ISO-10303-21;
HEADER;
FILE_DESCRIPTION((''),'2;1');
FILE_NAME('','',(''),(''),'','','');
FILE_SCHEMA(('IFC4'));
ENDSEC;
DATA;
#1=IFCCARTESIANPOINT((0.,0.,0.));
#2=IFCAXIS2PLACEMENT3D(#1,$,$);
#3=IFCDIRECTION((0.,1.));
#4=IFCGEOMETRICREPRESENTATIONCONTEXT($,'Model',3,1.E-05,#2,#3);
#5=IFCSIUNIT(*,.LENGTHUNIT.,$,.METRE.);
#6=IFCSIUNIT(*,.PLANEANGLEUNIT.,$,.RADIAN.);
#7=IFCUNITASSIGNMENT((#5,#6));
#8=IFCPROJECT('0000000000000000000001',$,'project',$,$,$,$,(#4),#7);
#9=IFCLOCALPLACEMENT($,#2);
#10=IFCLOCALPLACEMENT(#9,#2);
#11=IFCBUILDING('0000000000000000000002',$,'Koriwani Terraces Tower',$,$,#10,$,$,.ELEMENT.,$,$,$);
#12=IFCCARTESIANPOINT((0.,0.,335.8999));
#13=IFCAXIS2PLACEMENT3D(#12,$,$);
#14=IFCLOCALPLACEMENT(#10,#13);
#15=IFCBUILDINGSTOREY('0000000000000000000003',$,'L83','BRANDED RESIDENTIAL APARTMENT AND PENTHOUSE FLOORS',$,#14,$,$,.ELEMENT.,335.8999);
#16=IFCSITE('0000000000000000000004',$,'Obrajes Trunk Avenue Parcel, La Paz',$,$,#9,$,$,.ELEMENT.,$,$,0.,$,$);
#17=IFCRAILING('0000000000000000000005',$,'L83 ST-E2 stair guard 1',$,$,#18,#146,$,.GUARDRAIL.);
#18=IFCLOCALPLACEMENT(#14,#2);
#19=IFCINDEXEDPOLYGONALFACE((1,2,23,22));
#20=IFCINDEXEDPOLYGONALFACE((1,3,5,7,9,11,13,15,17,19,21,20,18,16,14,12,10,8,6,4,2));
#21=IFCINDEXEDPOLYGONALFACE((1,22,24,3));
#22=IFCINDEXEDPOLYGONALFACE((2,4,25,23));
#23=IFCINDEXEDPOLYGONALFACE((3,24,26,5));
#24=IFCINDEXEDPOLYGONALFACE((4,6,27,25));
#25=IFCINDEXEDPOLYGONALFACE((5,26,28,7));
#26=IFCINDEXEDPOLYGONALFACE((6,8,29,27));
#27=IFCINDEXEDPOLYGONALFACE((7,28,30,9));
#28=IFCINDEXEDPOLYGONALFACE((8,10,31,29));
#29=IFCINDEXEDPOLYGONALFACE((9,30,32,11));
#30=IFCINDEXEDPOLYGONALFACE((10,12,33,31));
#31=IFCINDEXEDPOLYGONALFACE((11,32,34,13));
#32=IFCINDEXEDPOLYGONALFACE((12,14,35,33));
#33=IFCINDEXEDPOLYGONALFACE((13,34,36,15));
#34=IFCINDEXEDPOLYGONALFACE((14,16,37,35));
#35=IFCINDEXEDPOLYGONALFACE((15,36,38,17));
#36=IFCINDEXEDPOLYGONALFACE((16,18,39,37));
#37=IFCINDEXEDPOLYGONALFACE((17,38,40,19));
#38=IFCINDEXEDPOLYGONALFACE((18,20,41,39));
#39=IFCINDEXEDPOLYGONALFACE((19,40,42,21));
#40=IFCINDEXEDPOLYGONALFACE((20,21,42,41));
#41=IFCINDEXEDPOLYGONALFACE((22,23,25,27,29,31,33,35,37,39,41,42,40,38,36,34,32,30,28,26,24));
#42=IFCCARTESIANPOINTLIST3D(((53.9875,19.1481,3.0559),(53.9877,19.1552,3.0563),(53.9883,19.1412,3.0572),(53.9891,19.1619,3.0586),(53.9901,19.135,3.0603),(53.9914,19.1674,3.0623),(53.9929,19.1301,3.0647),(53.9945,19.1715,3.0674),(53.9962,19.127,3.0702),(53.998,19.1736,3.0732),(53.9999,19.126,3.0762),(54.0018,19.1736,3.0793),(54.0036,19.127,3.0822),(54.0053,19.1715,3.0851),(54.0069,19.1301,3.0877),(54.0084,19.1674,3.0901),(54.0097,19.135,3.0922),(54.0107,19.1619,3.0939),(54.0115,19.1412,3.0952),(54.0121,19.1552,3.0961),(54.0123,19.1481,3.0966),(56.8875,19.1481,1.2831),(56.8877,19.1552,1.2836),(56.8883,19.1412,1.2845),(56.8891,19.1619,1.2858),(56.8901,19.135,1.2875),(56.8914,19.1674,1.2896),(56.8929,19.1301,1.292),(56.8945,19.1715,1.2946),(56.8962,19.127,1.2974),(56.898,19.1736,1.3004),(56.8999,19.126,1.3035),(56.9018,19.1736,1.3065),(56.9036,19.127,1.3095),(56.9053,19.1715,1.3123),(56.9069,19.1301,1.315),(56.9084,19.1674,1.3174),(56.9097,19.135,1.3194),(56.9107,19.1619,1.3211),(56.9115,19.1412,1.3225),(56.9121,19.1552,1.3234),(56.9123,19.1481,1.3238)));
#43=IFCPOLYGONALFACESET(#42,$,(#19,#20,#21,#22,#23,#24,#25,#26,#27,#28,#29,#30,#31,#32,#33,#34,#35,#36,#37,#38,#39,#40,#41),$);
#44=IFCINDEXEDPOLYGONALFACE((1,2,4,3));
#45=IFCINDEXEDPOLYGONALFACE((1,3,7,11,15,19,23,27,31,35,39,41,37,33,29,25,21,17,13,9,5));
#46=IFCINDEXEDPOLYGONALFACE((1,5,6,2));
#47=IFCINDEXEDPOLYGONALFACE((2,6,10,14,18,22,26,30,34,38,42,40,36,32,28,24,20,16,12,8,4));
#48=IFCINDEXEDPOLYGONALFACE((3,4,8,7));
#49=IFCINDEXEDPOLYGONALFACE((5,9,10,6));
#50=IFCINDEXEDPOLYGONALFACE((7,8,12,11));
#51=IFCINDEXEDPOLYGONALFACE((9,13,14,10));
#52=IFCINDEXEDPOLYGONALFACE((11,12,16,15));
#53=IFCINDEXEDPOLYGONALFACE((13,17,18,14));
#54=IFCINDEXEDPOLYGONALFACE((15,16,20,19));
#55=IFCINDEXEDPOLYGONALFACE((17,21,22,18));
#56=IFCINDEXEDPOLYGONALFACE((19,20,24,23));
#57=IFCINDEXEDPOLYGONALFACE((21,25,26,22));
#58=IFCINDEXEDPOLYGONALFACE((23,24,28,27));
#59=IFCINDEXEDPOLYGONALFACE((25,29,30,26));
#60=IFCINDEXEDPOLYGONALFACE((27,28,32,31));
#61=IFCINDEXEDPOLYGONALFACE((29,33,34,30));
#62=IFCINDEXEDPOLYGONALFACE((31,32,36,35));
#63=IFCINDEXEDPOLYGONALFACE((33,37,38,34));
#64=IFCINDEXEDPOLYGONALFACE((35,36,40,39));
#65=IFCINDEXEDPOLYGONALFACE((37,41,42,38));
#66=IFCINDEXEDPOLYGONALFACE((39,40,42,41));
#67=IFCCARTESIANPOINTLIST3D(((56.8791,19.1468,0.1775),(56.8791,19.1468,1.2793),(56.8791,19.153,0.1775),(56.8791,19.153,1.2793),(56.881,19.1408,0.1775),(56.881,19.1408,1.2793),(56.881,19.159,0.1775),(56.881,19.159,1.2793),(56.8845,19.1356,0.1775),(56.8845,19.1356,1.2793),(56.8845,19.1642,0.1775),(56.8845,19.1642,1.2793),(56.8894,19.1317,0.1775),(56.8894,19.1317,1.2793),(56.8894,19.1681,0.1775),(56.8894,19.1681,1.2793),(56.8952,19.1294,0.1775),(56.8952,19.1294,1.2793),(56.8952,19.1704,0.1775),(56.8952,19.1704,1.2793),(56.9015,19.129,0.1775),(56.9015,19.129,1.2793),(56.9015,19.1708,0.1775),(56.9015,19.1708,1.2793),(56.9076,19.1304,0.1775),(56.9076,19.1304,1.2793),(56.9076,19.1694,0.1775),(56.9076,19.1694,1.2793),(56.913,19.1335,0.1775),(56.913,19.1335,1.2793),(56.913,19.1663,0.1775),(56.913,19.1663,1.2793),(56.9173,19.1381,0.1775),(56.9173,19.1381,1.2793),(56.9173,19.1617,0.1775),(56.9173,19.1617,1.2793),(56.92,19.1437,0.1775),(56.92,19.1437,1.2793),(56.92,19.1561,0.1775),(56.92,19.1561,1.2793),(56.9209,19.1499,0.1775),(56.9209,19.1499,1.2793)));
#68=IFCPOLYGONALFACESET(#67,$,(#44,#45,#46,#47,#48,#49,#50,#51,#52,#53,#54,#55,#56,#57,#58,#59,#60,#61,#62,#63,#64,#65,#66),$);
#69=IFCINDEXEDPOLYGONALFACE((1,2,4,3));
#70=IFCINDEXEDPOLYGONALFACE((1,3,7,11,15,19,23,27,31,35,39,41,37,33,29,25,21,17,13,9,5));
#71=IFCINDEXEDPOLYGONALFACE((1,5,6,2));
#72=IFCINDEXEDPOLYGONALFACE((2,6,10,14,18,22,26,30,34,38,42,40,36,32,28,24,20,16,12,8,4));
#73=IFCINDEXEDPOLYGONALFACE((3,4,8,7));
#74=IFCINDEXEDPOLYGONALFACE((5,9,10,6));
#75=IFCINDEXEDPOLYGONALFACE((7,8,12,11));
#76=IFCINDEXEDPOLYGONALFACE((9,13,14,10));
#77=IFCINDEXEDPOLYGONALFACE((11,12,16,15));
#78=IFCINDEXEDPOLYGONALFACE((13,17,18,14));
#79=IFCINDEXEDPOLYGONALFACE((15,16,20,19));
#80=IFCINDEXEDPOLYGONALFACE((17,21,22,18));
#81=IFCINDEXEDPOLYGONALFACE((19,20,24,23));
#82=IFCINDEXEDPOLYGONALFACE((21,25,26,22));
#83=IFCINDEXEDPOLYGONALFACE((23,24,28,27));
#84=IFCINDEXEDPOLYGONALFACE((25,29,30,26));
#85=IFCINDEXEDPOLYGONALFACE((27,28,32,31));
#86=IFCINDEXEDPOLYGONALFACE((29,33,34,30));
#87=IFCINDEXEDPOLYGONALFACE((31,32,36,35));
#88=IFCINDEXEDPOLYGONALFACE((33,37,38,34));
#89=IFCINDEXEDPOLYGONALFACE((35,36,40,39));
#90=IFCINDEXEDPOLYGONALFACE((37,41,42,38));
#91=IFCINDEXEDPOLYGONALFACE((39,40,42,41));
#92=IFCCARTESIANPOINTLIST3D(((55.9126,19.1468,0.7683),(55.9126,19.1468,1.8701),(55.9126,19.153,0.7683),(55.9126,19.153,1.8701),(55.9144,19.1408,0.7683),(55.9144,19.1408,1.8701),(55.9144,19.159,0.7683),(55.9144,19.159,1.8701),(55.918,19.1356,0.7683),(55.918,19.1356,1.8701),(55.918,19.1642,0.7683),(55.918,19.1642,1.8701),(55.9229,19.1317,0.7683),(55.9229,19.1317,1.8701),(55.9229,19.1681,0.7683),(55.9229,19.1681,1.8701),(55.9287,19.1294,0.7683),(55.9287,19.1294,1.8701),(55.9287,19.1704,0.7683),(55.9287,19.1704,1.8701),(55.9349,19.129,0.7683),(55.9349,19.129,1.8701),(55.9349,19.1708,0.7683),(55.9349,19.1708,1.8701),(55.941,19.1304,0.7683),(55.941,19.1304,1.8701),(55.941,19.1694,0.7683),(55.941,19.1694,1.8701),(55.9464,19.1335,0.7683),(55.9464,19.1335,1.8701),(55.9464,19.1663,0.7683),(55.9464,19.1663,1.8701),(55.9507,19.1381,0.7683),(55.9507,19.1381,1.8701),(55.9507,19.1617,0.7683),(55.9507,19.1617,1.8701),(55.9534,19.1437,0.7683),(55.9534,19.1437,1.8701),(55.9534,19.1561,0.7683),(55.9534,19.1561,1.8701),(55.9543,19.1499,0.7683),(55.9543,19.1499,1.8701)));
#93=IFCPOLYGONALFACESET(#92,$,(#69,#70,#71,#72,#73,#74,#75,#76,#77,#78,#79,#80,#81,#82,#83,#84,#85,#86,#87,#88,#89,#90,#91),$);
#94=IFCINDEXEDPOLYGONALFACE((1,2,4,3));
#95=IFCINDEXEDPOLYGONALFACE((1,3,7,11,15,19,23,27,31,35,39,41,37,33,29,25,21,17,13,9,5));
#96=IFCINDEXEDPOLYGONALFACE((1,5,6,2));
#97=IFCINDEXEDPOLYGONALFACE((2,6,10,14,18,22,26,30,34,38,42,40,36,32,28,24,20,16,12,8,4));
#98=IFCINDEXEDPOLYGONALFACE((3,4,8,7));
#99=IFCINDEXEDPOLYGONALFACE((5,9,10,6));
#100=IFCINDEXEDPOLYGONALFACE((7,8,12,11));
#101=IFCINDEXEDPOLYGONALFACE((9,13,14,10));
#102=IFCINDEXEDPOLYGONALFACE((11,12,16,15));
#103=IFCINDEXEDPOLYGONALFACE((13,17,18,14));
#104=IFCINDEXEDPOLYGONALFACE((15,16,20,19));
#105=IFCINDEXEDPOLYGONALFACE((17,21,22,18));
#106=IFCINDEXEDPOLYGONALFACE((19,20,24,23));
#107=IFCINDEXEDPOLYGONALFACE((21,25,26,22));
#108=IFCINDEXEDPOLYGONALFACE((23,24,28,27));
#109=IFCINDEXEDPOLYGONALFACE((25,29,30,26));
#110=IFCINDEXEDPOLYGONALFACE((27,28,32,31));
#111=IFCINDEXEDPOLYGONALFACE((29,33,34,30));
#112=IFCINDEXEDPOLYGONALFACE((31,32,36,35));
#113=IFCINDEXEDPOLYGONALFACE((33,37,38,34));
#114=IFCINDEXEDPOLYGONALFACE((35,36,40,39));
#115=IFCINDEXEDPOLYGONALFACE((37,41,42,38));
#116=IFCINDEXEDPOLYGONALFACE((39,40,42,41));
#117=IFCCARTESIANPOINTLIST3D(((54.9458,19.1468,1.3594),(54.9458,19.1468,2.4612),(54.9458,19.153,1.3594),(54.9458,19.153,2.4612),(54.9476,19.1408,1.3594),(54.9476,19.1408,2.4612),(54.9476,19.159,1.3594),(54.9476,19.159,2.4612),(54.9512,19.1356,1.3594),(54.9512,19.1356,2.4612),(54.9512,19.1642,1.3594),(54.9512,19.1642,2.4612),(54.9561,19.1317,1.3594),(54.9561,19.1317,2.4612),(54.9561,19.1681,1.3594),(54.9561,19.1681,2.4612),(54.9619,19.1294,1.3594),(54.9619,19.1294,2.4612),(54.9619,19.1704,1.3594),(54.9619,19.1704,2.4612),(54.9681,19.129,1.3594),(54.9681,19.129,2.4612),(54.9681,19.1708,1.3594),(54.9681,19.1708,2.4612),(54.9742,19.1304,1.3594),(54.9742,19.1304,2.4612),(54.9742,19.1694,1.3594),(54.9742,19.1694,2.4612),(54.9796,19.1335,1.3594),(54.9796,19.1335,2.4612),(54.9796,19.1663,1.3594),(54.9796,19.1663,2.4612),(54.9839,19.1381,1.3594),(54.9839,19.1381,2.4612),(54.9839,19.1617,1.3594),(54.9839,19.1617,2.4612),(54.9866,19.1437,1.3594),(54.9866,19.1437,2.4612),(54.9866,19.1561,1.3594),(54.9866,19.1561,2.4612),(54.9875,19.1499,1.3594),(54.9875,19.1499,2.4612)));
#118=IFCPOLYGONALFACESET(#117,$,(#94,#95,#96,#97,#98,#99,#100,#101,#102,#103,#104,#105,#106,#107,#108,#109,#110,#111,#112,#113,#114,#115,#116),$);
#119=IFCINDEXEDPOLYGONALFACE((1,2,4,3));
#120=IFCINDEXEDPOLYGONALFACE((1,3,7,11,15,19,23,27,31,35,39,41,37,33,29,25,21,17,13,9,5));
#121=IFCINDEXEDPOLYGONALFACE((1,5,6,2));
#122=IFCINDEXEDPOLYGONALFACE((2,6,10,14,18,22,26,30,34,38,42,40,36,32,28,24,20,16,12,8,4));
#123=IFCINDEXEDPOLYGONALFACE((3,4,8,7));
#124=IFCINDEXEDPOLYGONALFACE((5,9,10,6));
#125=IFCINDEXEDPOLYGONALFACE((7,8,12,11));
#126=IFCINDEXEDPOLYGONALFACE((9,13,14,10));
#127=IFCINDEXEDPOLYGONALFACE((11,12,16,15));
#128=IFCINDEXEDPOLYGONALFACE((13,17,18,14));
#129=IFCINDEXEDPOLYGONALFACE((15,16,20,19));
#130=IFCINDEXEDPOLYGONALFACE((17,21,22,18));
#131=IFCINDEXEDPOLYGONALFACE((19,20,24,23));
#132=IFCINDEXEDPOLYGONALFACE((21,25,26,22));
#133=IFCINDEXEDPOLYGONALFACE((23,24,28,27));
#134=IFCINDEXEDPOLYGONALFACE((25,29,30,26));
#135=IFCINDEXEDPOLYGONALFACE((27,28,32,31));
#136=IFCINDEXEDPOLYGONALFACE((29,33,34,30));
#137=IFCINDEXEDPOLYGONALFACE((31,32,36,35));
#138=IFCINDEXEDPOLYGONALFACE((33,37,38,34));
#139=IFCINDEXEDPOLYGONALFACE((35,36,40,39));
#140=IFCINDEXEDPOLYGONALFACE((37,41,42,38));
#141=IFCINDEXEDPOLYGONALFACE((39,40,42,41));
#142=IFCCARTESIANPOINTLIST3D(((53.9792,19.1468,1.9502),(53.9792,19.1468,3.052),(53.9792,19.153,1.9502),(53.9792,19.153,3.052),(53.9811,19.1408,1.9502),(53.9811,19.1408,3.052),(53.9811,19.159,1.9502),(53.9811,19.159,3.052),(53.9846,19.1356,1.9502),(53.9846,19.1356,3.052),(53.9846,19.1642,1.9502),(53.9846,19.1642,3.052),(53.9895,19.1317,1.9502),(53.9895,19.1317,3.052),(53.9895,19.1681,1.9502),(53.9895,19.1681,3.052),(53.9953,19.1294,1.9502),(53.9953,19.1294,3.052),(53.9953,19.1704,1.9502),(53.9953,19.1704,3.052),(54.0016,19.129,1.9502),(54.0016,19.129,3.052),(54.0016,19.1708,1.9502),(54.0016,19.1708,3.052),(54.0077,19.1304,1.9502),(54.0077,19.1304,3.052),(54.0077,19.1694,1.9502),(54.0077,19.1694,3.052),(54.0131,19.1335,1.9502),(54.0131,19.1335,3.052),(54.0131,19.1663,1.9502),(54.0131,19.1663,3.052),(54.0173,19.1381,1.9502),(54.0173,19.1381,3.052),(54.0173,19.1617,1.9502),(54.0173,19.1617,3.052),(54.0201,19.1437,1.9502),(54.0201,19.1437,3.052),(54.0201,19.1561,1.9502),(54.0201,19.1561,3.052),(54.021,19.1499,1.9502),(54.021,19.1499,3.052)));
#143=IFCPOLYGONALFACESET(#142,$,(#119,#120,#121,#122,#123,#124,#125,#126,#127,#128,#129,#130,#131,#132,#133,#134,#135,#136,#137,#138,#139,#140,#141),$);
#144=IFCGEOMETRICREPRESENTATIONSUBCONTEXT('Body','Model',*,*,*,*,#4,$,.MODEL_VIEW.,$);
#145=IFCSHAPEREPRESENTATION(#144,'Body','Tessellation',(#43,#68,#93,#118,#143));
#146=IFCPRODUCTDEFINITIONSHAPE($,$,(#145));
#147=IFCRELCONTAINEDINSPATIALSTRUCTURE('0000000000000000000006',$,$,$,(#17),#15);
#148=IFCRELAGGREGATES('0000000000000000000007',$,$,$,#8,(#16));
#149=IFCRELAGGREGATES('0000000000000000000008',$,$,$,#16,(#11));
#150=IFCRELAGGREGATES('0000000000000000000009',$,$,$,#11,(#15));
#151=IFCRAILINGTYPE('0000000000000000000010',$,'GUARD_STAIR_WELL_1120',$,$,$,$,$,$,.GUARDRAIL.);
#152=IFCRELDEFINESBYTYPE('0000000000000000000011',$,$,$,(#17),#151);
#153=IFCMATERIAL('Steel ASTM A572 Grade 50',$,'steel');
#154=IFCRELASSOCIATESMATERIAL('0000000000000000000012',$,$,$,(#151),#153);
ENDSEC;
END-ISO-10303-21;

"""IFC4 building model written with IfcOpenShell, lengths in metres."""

from ifc_helpers import new_model, si_unit, direction, frame, origin, origin_2d, place, context, subcontext, project, spatial, circle, extrude, material, type_object, element, save


model = new_model("IFC4")

# Units and contexts
model_context = context("Model", 3, precision=1e-05, world=origin(), true_north=direction((0.0, 1.0)))
body_context = subcontext(model_context, "Body", "Model", "MODEL_VIEW")
ifc_project = project(units=[si_unit("LENGTHUNIT", "METRE"), si_unit("PLANEANGLEUNIT", "RADIAN")], contexts=[model_context])

# Site, building, storey
site_placement = place(None, origin())
site = spatial("IfcSite", under=ifc_project, at=site_placement, Name="Obrajes Trunk Avenue Parcel, La Paz", CompositionType="ELEMENT", RefElevation=0.0)
building_placement = place(site_placement, origin())
building = spatial("IfcBuilding", under=site, at=building_placement, Name="Koriwani Terraces Tower", CompositionType="ELEMENT")
storey_placement = place(building_placement, frame((0.0, 0.0, 335.8999)))
storey = spatial("IfcBuildingStorey", under=building, at=storey_placement, Name="L83", Description="BRANDED RESIDENTIAL APARTMENT AND PENTHOUSE FLOORS", CompositionType="ELEMENT", Elevation=335.8999)

# Shared definitions
ifc_material_1 = material(Name="Steel ASTM A572 Grade 50", Category="steel")

# Railing
railing_type_1 = type_object("IfcRailingType", Name="GUARD_STAIR_WELL_1120", PredefinedType="GUARDRAIL", material=ifc_material_1)
railing_1_placement = place(storey_placement, frame((56.8999, 19.1499, 0.1775)))
element("IfcRailing", 1, at=railing_1_placement, inside=storey, type_object=railing_type_1, Name="L83 ST-E2 stair guard 1", PredefinedType="GUARDRAIL", context=body_context, shape_type="SweptSolid", body=[
    extrude(circle(Radius=0.0239, at=origin_2d()), frame((0.0, 0.0, 1.126), z_axis=(-0.853211, 0.0, 0.521566), x_axis=(0.0, -1.0, 0.0)), (0.0, 0.0, 1.0), 3.3989),
    extrude(circle(Radius=0.021, at=origin_2d()), origin(), (0.0, 0.0, 1.0), 1.1018),
    extrude(circle(Radius=0.021, at=origin_2d()), frame((-0.9666, 0.0, 0.5908)), (0.0, 0.0, 1.0), 1.1018),
    extrude(circle(Radius=0.021, at=origin_2d()), frame((-1.9333, 0.0, 1.1819)), (0.0, 0.0, 1.0), 1.1018),
    extrude(circle(Radius=0.021, at=origin_2d()), frame((-2.8999, 0.0, 1.7727)), (0.0, 0.0, 1.0), 1.1018),
])

save(model, "model.ifc")
